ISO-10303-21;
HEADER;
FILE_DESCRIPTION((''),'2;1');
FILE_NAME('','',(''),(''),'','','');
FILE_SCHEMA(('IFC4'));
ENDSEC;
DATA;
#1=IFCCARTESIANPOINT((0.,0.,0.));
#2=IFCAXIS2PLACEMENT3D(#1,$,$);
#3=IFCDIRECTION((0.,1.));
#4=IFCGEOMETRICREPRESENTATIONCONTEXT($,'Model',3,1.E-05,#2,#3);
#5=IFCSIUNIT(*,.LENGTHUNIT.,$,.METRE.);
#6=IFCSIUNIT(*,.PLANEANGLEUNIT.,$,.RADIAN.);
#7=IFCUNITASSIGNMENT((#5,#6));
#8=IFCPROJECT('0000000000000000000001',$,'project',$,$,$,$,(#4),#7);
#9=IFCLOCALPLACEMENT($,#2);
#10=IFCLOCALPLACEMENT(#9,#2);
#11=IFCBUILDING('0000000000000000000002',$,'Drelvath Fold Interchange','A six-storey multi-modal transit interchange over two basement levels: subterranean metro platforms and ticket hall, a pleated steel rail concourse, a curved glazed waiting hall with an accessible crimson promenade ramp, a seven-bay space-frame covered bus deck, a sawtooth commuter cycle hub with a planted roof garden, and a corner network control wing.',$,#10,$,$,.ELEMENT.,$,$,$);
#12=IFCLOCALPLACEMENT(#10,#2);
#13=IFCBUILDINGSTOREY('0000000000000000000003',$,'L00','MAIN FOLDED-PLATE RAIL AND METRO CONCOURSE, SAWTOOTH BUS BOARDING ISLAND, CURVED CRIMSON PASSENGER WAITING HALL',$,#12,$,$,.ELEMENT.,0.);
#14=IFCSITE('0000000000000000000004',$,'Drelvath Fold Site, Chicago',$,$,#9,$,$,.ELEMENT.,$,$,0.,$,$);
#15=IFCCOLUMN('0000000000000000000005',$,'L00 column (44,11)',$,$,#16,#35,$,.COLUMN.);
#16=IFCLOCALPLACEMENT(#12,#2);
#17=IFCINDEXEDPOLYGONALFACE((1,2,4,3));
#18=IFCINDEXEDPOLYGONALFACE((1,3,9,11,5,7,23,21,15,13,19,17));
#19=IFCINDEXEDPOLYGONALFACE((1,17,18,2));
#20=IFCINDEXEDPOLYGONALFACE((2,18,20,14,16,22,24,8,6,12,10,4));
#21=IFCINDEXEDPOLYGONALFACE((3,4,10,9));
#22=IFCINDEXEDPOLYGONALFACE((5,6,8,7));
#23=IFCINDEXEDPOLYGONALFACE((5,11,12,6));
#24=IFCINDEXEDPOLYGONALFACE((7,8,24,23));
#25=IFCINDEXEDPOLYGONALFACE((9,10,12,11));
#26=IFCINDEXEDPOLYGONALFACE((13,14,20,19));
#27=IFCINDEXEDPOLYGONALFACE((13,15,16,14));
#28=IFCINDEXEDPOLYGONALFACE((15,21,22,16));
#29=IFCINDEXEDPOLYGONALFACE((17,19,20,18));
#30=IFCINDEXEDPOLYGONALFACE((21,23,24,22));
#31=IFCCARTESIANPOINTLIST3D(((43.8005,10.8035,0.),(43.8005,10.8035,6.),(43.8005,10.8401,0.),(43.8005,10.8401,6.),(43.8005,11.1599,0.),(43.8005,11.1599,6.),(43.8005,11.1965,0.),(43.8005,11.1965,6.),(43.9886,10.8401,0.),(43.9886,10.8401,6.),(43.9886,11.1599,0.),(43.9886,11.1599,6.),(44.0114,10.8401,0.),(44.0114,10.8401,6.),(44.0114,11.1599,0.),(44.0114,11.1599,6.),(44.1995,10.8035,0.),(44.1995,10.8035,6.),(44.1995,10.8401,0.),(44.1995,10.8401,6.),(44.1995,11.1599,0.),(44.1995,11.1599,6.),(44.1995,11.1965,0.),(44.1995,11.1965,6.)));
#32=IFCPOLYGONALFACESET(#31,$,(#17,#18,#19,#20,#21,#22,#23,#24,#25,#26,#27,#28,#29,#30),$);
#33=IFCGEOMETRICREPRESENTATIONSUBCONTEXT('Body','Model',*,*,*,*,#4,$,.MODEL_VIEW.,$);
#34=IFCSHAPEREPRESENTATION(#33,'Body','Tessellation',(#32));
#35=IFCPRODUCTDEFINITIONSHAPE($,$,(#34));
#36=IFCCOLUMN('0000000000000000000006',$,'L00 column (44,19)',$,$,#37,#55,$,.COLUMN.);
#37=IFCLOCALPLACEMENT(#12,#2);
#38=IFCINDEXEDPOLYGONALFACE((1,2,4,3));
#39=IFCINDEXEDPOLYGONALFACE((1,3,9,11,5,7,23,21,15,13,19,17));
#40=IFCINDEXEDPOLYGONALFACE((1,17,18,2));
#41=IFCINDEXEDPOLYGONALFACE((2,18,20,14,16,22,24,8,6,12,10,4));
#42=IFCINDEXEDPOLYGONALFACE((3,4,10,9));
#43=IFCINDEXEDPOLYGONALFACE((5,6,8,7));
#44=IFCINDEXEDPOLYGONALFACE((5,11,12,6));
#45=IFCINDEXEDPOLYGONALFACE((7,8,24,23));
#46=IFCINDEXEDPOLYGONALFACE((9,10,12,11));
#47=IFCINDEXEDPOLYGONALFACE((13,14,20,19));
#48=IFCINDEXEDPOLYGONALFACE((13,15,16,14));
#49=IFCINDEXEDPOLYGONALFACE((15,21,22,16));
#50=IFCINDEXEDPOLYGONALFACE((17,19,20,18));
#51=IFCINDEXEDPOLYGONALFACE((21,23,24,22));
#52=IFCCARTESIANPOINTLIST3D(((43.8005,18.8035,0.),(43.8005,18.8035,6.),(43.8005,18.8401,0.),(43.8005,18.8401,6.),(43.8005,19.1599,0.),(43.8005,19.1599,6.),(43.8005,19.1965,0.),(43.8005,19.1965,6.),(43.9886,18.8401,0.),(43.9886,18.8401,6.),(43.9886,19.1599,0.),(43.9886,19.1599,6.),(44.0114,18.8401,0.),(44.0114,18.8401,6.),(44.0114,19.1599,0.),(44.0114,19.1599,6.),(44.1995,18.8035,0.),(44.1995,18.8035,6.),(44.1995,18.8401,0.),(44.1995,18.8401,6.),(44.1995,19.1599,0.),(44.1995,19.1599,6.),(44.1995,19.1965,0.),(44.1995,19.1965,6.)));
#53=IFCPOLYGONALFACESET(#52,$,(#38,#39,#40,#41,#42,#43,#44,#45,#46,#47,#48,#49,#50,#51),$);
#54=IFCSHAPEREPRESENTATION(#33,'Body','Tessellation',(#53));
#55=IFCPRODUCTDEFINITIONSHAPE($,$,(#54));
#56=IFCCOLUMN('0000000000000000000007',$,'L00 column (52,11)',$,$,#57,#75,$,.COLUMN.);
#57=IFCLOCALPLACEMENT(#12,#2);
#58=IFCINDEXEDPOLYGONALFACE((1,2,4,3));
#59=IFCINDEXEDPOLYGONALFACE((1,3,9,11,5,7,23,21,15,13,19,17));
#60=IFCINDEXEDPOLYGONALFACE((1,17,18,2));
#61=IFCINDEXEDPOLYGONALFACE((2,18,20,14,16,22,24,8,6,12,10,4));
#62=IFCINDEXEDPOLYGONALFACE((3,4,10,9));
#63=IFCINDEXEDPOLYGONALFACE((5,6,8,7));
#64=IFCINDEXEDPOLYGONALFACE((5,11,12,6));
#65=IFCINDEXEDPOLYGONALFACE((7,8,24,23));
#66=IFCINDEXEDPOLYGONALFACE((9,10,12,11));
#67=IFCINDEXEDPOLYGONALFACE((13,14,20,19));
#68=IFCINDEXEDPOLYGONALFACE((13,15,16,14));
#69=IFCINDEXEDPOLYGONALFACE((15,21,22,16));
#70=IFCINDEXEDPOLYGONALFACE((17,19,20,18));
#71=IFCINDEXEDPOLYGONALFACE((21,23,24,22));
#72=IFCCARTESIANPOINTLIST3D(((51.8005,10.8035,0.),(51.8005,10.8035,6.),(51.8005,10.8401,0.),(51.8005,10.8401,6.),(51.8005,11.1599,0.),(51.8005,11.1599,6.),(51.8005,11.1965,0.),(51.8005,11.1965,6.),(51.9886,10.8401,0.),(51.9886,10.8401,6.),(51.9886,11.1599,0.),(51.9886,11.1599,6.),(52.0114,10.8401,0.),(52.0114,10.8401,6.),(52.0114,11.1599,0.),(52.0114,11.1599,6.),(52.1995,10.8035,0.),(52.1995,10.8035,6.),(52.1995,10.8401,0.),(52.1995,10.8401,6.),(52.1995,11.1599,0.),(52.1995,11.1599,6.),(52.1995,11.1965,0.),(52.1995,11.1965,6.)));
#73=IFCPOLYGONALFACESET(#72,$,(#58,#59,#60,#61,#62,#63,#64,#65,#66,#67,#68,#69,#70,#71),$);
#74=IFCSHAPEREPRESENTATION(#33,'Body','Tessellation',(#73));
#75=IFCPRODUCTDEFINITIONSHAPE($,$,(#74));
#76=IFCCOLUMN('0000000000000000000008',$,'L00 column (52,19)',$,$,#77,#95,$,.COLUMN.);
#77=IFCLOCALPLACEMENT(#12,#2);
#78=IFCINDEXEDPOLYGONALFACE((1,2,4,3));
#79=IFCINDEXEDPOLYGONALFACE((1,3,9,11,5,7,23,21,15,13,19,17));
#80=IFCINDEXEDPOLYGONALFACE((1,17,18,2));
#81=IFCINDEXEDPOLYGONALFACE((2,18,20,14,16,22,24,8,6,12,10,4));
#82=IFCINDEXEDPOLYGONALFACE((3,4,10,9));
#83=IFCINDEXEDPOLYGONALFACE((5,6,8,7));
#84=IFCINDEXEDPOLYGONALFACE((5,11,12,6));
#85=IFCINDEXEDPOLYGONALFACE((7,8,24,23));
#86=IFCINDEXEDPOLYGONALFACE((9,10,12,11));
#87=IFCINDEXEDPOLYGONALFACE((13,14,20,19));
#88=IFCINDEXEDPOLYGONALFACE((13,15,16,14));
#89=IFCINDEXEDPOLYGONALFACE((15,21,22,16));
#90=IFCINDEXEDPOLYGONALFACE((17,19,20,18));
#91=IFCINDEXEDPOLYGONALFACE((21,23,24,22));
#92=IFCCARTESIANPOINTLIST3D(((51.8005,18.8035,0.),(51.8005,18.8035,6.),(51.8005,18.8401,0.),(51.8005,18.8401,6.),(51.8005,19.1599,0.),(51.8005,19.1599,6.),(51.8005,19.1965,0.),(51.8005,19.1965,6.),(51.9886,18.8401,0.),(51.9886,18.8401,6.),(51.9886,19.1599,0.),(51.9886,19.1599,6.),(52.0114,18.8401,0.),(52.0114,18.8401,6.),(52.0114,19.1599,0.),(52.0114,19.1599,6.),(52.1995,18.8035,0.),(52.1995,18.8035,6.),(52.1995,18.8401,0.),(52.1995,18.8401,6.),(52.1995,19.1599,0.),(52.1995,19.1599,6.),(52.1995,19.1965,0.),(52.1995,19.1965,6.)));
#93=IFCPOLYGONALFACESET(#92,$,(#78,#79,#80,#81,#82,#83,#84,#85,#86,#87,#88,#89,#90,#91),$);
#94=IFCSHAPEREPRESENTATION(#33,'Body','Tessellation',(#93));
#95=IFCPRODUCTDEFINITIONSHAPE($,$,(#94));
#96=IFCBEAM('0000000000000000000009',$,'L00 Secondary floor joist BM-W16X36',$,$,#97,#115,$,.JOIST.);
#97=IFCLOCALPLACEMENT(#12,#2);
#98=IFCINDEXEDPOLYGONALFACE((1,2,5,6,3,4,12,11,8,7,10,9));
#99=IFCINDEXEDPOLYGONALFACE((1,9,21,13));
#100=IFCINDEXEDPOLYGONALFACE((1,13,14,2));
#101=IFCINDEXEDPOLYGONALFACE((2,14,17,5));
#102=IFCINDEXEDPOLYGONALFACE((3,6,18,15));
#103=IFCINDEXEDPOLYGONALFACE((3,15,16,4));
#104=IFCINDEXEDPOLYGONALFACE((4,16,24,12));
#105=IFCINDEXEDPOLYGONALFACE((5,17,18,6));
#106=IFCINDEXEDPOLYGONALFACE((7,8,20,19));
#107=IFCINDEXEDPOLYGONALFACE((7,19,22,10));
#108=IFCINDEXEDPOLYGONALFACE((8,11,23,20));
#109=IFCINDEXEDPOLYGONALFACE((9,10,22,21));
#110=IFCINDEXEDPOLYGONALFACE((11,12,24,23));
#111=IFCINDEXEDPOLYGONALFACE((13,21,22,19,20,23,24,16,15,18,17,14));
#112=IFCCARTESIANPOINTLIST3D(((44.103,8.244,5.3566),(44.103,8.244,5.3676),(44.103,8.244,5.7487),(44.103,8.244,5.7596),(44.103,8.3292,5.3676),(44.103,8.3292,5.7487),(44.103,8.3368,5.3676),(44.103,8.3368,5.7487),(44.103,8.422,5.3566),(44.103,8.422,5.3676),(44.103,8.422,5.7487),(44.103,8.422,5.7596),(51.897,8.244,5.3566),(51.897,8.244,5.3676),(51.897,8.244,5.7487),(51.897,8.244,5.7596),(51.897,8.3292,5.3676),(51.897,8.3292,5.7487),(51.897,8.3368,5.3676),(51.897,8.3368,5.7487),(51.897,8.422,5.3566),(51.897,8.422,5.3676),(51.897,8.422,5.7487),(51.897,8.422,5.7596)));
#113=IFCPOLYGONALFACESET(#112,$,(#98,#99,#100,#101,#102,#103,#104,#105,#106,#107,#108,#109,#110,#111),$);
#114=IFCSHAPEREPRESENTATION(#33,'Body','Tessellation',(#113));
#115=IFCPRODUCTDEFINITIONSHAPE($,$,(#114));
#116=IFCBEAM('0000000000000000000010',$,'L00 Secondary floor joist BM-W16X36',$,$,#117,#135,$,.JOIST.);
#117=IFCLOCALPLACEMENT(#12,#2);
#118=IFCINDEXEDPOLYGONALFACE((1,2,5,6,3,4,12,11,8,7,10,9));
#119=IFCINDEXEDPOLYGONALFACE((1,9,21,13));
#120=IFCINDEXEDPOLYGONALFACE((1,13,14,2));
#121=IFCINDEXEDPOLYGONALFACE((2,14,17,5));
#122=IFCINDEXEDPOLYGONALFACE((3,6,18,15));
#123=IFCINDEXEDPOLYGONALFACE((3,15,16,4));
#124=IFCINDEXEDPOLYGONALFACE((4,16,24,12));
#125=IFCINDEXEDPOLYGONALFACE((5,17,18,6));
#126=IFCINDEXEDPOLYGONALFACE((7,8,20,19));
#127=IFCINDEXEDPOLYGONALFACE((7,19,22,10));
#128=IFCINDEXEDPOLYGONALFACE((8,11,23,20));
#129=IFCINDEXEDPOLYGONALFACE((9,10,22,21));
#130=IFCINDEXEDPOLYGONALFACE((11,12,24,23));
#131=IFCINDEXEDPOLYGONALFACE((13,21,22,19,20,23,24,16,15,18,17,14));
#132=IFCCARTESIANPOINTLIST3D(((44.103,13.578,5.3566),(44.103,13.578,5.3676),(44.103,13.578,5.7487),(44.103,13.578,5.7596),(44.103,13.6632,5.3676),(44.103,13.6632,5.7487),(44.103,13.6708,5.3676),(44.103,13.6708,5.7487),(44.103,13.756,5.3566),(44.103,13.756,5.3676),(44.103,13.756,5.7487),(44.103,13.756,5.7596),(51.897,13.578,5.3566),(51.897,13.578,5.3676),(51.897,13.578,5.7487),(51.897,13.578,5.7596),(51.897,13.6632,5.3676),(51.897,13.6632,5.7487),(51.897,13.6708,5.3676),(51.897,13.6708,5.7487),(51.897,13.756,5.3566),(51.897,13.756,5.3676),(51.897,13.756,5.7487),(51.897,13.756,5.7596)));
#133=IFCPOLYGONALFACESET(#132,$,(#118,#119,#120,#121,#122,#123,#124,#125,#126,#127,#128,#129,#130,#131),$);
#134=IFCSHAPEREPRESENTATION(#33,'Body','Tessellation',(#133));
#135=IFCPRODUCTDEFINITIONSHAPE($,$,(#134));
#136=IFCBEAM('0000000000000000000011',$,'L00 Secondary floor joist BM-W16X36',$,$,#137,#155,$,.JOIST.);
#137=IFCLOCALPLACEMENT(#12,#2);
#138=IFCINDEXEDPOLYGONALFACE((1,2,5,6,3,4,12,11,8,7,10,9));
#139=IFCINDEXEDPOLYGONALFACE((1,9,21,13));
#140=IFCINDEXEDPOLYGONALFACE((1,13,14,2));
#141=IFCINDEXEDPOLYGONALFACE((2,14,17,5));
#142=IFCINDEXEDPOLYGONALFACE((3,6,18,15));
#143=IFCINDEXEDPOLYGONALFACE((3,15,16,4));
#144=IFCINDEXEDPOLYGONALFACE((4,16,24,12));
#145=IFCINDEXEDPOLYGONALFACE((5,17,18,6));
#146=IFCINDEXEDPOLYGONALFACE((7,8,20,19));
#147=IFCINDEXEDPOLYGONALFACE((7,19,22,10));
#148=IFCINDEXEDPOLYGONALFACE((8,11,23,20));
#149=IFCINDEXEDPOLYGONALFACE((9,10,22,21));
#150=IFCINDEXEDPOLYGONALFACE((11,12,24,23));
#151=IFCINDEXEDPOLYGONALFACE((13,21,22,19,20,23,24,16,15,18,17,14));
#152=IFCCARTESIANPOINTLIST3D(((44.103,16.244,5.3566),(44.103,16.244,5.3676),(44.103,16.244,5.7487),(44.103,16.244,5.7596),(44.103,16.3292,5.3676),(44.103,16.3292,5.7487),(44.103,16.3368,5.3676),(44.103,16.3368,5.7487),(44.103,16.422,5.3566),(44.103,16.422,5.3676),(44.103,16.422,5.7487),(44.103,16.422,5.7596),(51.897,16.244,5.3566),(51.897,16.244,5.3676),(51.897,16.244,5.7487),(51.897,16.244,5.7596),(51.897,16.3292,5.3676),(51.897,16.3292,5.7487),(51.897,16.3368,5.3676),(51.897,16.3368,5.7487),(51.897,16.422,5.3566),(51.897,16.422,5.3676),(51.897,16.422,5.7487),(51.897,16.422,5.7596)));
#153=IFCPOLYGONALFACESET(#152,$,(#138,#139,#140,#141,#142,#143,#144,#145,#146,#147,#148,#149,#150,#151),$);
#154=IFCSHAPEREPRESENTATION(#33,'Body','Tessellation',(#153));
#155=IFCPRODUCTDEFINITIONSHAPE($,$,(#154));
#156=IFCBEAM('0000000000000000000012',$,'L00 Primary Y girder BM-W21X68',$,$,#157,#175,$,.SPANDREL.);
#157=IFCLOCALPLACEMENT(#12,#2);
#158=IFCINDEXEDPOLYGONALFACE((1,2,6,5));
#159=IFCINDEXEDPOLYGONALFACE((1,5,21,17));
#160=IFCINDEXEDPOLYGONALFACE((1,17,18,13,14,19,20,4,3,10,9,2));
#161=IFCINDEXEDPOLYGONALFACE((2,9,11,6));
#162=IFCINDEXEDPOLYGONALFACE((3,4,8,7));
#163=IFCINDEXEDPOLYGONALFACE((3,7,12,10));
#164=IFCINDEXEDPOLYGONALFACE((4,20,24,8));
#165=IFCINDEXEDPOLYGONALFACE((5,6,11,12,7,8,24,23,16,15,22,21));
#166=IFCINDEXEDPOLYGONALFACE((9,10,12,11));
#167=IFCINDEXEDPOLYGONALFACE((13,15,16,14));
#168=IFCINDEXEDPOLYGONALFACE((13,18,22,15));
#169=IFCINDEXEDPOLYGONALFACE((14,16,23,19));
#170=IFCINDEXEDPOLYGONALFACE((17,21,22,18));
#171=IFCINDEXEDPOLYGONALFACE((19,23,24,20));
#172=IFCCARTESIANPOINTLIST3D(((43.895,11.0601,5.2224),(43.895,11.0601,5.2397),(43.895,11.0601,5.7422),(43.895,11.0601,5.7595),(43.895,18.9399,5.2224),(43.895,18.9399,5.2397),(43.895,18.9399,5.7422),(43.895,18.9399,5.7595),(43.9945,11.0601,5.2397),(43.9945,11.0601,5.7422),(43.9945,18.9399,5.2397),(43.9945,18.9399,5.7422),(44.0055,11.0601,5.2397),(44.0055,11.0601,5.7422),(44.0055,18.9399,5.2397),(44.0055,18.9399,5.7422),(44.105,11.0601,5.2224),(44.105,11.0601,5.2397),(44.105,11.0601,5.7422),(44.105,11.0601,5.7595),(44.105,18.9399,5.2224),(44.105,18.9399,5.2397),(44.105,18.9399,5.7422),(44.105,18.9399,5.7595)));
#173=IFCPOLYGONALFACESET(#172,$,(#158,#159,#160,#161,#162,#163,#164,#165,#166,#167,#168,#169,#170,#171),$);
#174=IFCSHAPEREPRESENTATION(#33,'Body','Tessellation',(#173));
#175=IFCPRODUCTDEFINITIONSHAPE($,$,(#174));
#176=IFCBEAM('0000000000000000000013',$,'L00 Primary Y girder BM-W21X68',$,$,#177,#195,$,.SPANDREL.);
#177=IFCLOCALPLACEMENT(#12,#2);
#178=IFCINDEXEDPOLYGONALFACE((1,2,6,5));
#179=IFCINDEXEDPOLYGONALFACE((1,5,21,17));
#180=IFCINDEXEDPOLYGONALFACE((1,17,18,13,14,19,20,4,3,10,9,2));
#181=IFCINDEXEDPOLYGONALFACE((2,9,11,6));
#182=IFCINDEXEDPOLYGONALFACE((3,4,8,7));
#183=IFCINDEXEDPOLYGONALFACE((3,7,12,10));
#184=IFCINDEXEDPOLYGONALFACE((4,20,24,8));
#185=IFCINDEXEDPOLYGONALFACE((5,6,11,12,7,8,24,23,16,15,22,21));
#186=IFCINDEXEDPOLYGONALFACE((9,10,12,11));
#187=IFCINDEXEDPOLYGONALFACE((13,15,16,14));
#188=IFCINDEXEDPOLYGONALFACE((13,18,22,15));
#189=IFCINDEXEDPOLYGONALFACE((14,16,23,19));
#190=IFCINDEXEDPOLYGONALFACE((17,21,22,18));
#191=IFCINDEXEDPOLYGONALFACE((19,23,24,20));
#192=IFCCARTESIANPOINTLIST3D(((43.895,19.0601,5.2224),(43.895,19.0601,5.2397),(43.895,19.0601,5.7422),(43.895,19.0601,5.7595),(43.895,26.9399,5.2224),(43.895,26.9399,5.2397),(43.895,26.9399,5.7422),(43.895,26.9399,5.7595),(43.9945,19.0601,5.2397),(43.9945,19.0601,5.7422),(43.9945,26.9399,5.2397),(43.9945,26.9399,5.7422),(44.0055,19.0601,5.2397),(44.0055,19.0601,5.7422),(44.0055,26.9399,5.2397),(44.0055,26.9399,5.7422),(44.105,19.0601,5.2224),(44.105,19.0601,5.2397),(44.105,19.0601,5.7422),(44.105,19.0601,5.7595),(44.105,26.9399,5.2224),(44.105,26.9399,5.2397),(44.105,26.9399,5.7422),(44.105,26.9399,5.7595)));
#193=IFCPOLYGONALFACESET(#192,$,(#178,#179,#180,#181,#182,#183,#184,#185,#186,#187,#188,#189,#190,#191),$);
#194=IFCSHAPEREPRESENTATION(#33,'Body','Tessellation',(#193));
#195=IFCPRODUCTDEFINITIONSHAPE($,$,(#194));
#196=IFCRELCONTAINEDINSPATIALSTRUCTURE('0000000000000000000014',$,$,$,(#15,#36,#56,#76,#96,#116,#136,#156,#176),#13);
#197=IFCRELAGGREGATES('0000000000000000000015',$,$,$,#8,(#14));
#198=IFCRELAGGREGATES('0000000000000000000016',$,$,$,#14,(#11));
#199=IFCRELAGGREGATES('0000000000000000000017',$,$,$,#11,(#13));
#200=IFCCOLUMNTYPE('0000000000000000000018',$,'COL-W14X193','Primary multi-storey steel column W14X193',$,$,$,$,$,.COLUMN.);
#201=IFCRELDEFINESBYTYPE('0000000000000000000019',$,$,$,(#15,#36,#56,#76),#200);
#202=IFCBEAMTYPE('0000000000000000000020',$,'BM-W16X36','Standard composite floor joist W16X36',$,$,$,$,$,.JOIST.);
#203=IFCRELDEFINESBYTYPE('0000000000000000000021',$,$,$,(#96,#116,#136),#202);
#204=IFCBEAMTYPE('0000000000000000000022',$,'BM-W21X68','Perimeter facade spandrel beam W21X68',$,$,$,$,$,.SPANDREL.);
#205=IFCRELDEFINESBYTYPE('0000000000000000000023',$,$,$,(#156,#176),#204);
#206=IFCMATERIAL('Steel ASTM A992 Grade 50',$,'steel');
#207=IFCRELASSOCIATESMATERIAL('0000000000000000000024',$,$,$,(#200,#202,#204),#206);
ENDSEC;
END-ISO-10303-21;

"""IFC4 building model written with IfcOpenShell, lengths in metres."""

from ifc_helpers import new_model, si_unit, direction, frame, origin, origin_2d, place, context, subcontext, project, spatial, i_section, extrude, material, material_profile, profile_set, type_object, element, save


model = new_model("IFC4")

# Units and contexts
model_context = context("Model", 3, precision=1e-05, world=origin(), true_north=direction((0.0, 1.0)))
body_context = subcontext(model_context, "Body", "Model", "MODEL_VIEW")
ifc_project = project(units=[si_unit("LENGTHUNIT", "METRE"), si_unit("PLANEANGLEUNIT", "RADIAN")], contexts=[model_context])

# Site, building, storey
site_placement = place(None, origin())
site = spatial("IfcSite", under=ifc_project, at=site_placement, Name="Drelvath Fold Site, Chicago", CompositionType="ELEMENT", RefElevation=0.0)
building_placement = place(site_placement, origin())
building = spatial("IfcBuilding", under=site, at=building_placement, Name="Drelvath Fold Interchange", Description="A six-storey multi-modal transit interchange over two basement levels: subterranean metro platforms and ticket hall, a pleated steel rail concourse, a curved glazed waiting hall with an accessible crimson promenade ramp, a seven-bay space-frame covered bus deck, a sawtooth commuter cycle hub with a planted roof garden, and a corner network control wing.", CompositionType="ELEMENT")
storey_placement = place(building_placement, origin())
storey = spatial("IfcBuildingStorey", under=building, at=storey_placement, Name="L00", Description="MAIN FOLDED-PLATE RAIL AND METRO CONCOURSE, SAWTOOTH BUS BOARDING ISLAND, CURVED CRIMSON PASSENGER WAITING HALL", CompositionType="ELEMENT", Elevation=0.0)

# Columns
ifc_material_1 = material(Name="Steel ASTM A992 Grade 50", Category="steel")
ifc_material_profile_1 = material_profile(ifc_material_1, i_section(OverallWidth=0.3989, OverallDepth=0.3931, WebThickness=0.0227, FlangeThickness=0.0366, at=origin_2d()), Name="W14X193")
ifc_profile_set_1 = profile_set([ifc_material_profile_1], Name="Steel ASTM A992 Grade 50")
column_type = type_object("IfcColumnType", Name="COL-W14X193", Description="Primary multi-storey steel column W14X193", PredefinedType="COLUMN", material=ifc_profile_set_1)
for number, where, z_axis, x_axis, name in (
    (1, (44.0, 11.0, 0.0), (0.0, 0.0, 1.0), (1.0, 0.0, 0.0), "L00 column (44,11)"),
    (2, (44.0, 19.0, 0.0), (0.0, 0.0, 1.0), (1.0, 0.0, 0.0), "L00 column (44,19)"),
    (3, (52.0, 11.0, 0.0), (0.0, 0.0, 1.0), (1.0, 0.0, 0.0), "L00 column (52,11)"),
    (4, (52.0, 19.0, 0.0), (0.0, 0.0, 1.0), (1.0, 0.0, 0.0), "L00 column (52,19)"),
):
    element("IfcColumn", number, at=place(storey_placement, frame(where, z_axis=z_axis, x_axis=x_axis)), inside=storey, type_object=column_type, Name=name, PredefinedType="COLUMN", context=body_context, shape_type="SweptSolid", body=[
        extrude(i_section(OverallWidth=0.3989, OverallDepth=0.3931, WebThickness=0.0227, FlangeThickness=0.0366, at=origin_2d()), origin(), (0.0, 0.0, 1.0), 6.0),
    ])

# Beams
ifc_material_profile_2 = material_profile(ifc_material_1, i_section(OverallWidth=0.178, OverallDepth=0.4031, WebThickness=0.0076, FlangeThickness=0.011, at=origin_2d()), Name="W16X36")
ifc_profile_set_2 = profile_set([ifc_material_profile_2], Name="Steel ASTM A992 Grade 50")
beam_type_1 = type_object("IfcBeamType", Name="BM-W16X36", Description="Standard composite floor joist W16X36", PredefinedType="JOIST", material=ifc_profile_set_2)
for number, where, z_axis, x_axis, name in (
    (5, (44.103, 8.333, 5.5581), (1.0, 0.0, 0.0), (0.0, 1.0, 0.0), "L00 Secondary floor joist BM-W16X36"),
    (6, (44.103, 13.667, 5.5581), (1.0, 0.0, 0.0), (0.0, 1.0, 0.0), "L00 Secondary floor joist BM-W16X36"),
    (7, (44.103, 16.333, 5.5581), (1.0, 0.0, 0.0), (0.0, 1.0, 0.0), "L00 Secondary floor joist BM-W16X36"),
):
    element("IfcBeam", number, at=place(storey_placement, frame(where, z_axis=z_axis, x_axis=x_axis)), inside=storey, type_object=beam_type_1, Name=name, PredefinedType="JOIST", context=body_context, shape_type="SweptSolid", body=[
        extrude(i_section(OverallWidth=0.178, OverallDepth=0.4031, WebThickness=0.0076, FlangeThickness=0.011, at=origin_2d()), origin(), (0.0, 0.0, 1.0), 7.7939),
    ])
ifc_material_profile_3 = material_profile(ifc_material_1, i_section(OverallWidth=0.21, OverallDepth=0.5371, WebThickness=0.011, FlangeThickness=0.0173, at=origin_2d()), Name="W21X68")
ifc_profile_set_3 = profile_set([ifc_material_profile_3], Name="Steel ASTM A992 Grade 50")
beam_type_2 = type_object("IfcBeamType", Name="BM-W21X68", Description="Perimeter facade spandrel beam W21X68", PredefinedType="SPANDREL", material=ifc_profile_set_3)
for number, where, z_axis, x_axis, name in (
    (8, (44.0, 11.0601, 5.491), (0.0, 1.0, 0.0), (-1.0, 0.0, 0.0), "L00 Primary Y girder BM-W21X68"),
    (9, (44.0, 19.0601, 5.491), (0.0, 1.0, 0.0), (-1.0, 0.0, 0.0), "L00 Primary Y girder BM-W21X68"),
):
    element("IfcBeam", number, at=place(storey_placement, frame(where, z_axis=z_axis, x_axis=x_axis)), inside=storey, type_object=beam_type_2, Name=name, PredefinedType="SPANDREL", context=body_context, shape_type="SweptSolid", body=[
        extrude(i_section(OverallWidth=0.21, OverallDepth=0.5371, WebThickness=0.011, FlangeThickness=0.0173, at=origin_2d()), origin(), (0.0, 0.0, 1.0), 7.8799),
    ])

save(model, "model.ifc")
